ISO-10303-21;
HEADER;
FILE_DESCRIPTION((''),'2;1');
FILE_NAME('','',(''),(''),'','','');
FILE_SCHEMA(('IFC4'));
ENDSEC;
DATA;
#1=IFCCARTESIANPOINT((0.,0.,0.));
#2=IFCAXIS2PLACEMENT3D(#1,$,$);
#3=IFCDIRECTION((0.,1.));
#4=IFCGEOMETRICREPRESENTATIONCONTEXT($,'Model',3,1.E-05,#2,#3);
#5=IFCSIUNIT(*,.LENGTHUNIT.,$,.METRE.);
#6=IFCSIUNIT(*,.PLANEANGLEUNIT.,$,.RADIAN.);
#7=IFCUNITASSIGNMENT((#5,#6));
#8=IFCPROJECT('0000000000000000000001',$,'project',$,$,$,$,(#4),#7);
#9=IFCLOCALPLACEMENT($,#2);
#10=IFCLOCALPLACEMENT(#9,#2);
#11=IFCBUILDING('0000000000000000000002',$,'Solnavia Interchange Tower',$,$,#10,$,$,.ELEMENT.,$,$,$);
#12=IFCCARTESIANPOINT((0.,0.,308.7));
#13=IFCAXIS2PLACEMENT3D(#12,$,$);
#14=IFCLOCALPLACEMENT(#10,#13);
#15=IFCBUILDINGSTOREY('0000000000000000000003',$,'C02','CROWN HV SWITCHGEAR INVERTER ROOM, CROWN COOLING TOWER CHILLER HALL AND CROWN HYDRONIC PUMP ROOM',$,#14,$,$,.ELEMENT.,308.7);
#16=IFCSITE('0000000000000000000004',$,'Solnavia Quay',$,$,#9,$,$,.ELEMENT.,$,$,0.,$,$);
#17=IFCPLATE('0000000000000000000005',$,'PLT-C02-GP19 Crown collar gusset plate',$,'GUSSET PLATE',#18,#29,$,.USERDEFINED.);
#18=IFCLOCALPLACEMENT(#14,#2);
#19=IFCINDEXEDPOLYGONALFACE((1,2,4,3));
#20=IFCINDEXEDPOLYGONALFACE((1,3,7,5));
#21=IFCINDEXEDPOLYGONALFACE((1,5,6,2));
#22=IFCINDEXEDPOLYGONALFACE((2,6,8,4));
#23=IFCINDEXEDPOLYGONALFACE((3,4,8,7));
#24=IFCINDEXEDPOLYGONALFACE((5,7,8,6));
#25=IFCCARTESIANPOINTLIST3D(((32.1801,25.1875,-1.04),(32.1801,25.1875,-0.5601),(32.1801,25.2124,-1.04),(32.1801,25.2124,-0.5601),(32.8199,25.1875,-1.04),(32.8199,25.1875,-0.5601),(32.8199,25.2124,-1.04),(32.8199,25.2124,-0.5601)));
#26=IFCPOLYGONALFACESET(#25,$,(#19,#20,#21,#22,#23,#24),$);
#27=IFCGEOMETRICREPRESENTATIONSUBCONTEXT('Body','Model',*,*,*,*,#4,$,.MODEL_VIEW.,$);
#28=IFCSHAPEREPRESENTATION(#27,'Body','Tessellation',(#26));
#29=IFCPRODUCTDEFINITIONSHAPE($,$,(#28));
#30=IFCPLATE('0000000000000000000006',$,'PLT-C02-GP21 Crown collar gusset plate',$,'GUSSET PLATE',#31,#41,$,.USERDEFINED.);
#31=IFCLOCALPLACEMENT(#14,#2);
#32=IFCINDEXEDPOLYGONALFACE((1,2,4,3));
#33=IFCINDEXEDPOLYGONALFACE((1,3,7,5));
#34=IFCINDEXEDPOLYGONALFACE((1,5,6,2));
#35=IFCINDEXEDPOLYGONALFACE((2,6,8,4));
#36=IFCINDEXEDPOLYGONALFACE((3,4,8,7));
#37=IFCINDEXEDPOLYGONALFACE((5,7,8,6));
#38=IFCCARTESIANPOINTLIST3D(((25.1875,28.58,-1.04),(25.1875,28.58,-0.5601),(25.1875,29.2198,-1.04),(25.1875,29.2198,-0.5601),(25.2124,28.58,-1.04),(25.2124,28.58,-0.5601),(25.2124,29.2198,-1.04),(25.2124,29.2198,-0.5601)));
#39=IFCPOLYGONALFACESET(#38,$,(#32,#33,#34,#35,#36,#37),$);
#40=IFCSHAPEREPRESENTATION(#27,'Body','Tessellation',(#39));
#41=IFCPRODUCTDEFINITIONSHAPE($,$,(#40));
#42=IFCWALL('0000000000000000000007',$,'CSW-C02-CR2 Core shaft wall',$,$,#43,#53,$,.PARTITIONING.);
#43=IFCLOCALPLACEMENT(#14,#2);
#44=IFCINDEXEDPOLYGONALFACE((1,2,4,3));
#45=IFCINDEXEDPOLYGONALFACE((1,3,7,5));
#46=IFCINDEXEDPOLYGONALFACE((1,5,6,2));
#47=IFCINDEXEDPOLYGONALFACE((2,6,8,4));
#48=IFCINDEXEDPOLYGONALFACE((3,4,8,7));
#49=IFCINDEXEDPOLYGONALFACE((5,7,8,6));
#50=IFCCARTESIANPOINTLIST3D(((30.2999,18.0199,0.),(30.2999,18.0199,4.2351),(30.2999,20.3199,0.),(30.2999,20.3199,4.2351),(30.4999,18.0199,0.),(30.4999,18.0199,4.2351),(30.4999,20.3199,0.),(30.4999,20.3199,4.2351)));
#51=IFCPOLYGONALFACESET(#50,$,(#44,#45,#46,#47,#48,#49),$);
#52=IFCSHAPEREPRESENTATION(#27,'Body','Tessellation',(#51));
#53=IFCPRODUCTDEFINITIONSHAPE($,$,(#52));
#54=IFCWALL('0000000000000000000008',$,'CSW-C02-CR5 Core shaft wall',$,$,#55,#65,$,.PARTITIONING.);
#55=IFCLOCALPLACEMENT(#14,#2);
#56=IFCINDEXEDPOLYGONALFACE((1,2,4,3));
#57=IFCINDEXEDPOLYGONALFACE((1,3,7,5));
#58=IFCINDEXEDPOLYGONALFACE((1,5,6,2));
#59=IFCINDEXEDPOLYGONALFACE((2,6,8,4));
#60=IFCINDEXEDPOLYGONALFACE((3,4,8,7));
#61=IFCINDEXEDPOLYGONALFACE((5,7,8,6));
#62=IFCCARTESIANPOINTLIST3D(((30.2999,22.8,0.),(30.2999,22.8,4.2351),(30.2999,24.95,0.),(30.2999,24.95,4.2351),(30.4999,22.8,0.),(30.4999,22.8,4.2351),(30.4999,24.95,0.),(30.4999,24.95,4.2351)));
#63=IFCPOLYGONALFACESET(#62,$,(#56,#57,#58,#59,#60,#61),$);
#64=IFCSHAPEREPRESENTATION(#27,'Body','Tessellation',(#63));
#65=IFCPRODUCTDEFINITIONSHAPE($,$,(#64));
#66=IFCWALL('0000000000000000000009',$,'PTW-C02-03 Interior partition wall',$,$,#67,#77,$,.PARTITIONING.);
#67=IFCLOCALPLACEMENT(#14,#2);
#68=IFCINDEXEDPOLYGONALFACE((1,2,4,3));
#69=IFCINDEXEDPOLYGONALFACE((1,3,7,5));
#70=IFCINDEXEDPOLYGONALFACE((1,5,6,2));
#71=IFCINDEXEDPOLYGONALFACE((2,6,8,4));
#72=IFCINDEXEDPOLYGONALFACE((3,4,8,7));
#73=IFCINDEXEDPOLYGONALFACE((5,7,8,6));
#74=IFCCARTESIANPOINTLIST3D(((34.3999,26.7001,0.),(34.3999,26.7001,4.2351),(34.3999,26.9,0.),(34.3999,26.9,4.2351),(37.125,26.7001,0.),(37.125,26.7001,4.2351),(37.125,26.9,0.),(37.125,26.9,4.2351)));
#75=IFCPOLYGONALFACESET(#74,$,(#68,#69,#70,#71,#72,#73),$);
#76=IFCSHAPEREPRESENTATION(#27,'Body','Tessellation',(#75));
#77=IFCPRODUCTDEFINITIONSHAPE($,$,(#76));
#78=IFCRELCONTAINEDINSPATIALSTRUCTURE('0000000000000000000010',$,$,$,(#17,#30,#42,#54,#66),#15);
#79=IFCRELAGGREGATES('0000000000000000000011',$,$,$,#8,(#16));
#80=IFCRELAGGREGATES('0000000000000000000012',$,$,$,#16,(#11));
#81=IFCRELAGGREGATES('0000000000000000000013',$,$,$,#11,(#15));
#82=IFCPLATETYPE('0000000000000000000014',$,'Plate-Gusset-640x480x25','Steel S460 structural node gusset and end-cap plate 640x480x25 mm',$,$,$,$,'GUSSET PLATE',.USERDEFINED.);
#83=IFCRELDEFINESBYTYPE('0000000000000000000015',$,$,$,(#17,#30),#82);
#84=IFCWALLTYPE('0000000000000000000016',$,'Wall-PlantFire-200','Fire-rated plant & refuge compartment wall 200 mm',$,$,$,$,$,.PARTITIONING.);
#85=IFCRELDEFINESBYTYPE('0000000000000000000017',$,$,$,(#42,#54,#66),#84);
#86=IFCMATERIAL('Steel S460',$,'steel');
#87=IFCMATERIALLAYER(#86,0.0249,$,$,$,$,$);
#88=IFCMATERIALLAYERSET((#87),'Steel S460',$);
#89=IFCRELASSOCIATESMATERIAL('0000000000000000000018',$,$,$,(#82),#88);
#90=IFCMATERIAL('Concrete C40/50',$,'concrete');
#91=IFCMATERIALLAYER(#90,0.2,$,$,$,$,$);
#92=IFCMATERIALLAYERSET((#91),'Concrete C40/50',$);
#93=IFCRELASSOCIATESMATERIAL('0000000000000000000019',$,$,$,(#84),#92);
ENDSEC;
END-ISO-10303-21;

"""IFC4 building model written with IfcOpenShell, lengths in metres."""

from ifc_helpers import new_model, si_unit, direction, frame, frame_2d, origin, origin_2d, place, context, subcontext, project, spatial, rectangle, extrude, material, layer, layer_set, type_object, element, save


model = new_model("IFC4")

# Units and contexts
model_context = context("Model", 3, precision=1e-05, world=origin(), true_north=direction((0.0, 1.0)))
body_context = subcontext(model_context, "Body", "Model", "MODEL_VIEW")
ifc_project = project(units=[si_unit("LENGTHUNIT", "METRE"), si_unit("PLANEANGLEUNIT", "RADIAN")], contexts=[model_context])

# Site, building, storey
site_placement = place(None, origin())
site = spatial("IfcSite", under=ifc_project, at=site_placement, Name="Solnavia Quay", CompositionType="ELEMENT", RefElevation=0.0)
building_placement = place(site_placement, origin())
building = spatial("IfcBuilding", under=site, at=building_placement, Name="Solnavia Interchange Tower", CompositionType="ELEMENT")
storey_placement = place(building_placement, frame((0.0, 0.0, 308.7)))
storey = spatial("IfcBuildingStorey", under=building, at=storey_placement, Name="C02", Description="CROWN HV SWITCHGEAR INVERTER ROOM, CROWN COOLING TOWER CHILLER HALL AND CROWN HYDRONIC PUMP ROOM", CompositionType="ELEMENT", Elevation=308.7)

# Shared definitions
ifc_material_1 = material(Name="Steel S460", Category="steel")

# Plates
ifc_layer_1 = layer(ifc_material_1, 0.0249)
ifc_layer_set_1 = layer_set([ifc_layer_1], Name="Steel S460")
plate_type_1 = type_object("IfcPlateType", Name="Plate-Gusset-640x480x25", Description="Steel S460 structural node gusset and end-cap plate 640x480x25 mm", ElementType="GUSSET PLATE", PredefinedType="USERDEFINED", material=ifc_layer_set_1)
for number, where, z_axis, x_axis, name in (
    (1, (32.5, 25.2, -1.04), (0.0, 0.0, 1.0), (1.0, 0.0, 0.0), "PLT-C02-GP19 Crown collar gusset plate"),
    (2, (25.2, 28.8999, -1.04), (0.0, 0.0, 1.0), (0.0, 1.0, 0.0), "PLT-C02-GP21 Crown collar gusset plate"),
):
    element("IfcPlate", number, at=place(storey_placement, frame(where, z_axis=z_axis, x_axis=x_axis)), inside=storey, type_object=plate_type_1, Name=name, ObjectType="GUSSET PLATE", PredefinedType="USERDEFINED", context=body_context, shape_type="SweptSolid", body=[
        extrude(rectangle(XDim=0.6399, YDim=0.0249, at=origin_2d()), origin(), (0.0, 0.0, 1.0), 0.48),
    ])

# Walls
ifc_material_2 = material(Name="Concrete C40/50", Category="concrete")
ifc_layer_2 = layer(ifc_material_2, 0.2)
ifc_layer_set_2 = layer_set([ifc_layer_2], Name="Concrete C40/50")
wall_type = type_object("IfcWallType", Name="Wall-PlantFire-200", Description="Fire-rated plant & refuge compartment wall 200 mm", PredefinedType="PARTITIONING", material=ifc_layer_set_2)
wall_1_placement = place(storey_placement, frame((30.3999, 18.02, 0.0), z_axis=(0.0, 0.0, 1.0), x_axis=(0.0, 1.0, 0.0)))
element("IfcWall", 3, at=wall_1_placement, inside=storey, type_object=wall_type, Name="CSW-C02-CR2 Core shaft wall", PredefinedType="PARTITIONING", context=body_context, shape_type="SweptSolid", body=[
    extrude(rectangle(XDim=2.3, YDim=0.2, at=frame_2d((1.1499, 0.0))), origin(), (0.0, 0.0, 1.0), 4.2351),
])
wall_2_placement = place(storey_placement, frame((30.3999, 22.8, 0.0), z_axis=(0.0, 0.0, 1.0), x_axis=(0.0, 1.0, 0.0)))
element("IfcWall", 4, at=wall_2_placement, inside=storey, type_object=wall_type, Name="CSW-C02-CR5 Core shaft wall", PredefinedType="PARTITIONING", context=body_context, shape_type="SweptSolid", body=[
    extrude(rectangle(XDim=2.1499, YDim=0.2, at=frame_2d((1.075, 0.0))), origin(), (0.0, 0.0, 1.0), 4.2351),
])
wall_3_placement = place(storey_placement, frame((34.3999, 26.8, 0.0), z_axis=(0.0, 0.0, 1.0), x_axis=(1.0, 0.0, 0.0)))
element("IfcWall", 5, at=wall_3_placement, inside=storey, type_object=wall_type, Name="PTW-C02-03 Interior partition wall", PredefinedType="PARTITIONING", context=body_context, shape_type="SweptSolid", body=[
    extrude(rectangle(XDim=2.7251, YDim=0.2, at=frame_2d((1.3625, 0.0))), origin(), (0.0, 0.0, 1.0), 4.2351),
])

save(model, "model.ifc")
